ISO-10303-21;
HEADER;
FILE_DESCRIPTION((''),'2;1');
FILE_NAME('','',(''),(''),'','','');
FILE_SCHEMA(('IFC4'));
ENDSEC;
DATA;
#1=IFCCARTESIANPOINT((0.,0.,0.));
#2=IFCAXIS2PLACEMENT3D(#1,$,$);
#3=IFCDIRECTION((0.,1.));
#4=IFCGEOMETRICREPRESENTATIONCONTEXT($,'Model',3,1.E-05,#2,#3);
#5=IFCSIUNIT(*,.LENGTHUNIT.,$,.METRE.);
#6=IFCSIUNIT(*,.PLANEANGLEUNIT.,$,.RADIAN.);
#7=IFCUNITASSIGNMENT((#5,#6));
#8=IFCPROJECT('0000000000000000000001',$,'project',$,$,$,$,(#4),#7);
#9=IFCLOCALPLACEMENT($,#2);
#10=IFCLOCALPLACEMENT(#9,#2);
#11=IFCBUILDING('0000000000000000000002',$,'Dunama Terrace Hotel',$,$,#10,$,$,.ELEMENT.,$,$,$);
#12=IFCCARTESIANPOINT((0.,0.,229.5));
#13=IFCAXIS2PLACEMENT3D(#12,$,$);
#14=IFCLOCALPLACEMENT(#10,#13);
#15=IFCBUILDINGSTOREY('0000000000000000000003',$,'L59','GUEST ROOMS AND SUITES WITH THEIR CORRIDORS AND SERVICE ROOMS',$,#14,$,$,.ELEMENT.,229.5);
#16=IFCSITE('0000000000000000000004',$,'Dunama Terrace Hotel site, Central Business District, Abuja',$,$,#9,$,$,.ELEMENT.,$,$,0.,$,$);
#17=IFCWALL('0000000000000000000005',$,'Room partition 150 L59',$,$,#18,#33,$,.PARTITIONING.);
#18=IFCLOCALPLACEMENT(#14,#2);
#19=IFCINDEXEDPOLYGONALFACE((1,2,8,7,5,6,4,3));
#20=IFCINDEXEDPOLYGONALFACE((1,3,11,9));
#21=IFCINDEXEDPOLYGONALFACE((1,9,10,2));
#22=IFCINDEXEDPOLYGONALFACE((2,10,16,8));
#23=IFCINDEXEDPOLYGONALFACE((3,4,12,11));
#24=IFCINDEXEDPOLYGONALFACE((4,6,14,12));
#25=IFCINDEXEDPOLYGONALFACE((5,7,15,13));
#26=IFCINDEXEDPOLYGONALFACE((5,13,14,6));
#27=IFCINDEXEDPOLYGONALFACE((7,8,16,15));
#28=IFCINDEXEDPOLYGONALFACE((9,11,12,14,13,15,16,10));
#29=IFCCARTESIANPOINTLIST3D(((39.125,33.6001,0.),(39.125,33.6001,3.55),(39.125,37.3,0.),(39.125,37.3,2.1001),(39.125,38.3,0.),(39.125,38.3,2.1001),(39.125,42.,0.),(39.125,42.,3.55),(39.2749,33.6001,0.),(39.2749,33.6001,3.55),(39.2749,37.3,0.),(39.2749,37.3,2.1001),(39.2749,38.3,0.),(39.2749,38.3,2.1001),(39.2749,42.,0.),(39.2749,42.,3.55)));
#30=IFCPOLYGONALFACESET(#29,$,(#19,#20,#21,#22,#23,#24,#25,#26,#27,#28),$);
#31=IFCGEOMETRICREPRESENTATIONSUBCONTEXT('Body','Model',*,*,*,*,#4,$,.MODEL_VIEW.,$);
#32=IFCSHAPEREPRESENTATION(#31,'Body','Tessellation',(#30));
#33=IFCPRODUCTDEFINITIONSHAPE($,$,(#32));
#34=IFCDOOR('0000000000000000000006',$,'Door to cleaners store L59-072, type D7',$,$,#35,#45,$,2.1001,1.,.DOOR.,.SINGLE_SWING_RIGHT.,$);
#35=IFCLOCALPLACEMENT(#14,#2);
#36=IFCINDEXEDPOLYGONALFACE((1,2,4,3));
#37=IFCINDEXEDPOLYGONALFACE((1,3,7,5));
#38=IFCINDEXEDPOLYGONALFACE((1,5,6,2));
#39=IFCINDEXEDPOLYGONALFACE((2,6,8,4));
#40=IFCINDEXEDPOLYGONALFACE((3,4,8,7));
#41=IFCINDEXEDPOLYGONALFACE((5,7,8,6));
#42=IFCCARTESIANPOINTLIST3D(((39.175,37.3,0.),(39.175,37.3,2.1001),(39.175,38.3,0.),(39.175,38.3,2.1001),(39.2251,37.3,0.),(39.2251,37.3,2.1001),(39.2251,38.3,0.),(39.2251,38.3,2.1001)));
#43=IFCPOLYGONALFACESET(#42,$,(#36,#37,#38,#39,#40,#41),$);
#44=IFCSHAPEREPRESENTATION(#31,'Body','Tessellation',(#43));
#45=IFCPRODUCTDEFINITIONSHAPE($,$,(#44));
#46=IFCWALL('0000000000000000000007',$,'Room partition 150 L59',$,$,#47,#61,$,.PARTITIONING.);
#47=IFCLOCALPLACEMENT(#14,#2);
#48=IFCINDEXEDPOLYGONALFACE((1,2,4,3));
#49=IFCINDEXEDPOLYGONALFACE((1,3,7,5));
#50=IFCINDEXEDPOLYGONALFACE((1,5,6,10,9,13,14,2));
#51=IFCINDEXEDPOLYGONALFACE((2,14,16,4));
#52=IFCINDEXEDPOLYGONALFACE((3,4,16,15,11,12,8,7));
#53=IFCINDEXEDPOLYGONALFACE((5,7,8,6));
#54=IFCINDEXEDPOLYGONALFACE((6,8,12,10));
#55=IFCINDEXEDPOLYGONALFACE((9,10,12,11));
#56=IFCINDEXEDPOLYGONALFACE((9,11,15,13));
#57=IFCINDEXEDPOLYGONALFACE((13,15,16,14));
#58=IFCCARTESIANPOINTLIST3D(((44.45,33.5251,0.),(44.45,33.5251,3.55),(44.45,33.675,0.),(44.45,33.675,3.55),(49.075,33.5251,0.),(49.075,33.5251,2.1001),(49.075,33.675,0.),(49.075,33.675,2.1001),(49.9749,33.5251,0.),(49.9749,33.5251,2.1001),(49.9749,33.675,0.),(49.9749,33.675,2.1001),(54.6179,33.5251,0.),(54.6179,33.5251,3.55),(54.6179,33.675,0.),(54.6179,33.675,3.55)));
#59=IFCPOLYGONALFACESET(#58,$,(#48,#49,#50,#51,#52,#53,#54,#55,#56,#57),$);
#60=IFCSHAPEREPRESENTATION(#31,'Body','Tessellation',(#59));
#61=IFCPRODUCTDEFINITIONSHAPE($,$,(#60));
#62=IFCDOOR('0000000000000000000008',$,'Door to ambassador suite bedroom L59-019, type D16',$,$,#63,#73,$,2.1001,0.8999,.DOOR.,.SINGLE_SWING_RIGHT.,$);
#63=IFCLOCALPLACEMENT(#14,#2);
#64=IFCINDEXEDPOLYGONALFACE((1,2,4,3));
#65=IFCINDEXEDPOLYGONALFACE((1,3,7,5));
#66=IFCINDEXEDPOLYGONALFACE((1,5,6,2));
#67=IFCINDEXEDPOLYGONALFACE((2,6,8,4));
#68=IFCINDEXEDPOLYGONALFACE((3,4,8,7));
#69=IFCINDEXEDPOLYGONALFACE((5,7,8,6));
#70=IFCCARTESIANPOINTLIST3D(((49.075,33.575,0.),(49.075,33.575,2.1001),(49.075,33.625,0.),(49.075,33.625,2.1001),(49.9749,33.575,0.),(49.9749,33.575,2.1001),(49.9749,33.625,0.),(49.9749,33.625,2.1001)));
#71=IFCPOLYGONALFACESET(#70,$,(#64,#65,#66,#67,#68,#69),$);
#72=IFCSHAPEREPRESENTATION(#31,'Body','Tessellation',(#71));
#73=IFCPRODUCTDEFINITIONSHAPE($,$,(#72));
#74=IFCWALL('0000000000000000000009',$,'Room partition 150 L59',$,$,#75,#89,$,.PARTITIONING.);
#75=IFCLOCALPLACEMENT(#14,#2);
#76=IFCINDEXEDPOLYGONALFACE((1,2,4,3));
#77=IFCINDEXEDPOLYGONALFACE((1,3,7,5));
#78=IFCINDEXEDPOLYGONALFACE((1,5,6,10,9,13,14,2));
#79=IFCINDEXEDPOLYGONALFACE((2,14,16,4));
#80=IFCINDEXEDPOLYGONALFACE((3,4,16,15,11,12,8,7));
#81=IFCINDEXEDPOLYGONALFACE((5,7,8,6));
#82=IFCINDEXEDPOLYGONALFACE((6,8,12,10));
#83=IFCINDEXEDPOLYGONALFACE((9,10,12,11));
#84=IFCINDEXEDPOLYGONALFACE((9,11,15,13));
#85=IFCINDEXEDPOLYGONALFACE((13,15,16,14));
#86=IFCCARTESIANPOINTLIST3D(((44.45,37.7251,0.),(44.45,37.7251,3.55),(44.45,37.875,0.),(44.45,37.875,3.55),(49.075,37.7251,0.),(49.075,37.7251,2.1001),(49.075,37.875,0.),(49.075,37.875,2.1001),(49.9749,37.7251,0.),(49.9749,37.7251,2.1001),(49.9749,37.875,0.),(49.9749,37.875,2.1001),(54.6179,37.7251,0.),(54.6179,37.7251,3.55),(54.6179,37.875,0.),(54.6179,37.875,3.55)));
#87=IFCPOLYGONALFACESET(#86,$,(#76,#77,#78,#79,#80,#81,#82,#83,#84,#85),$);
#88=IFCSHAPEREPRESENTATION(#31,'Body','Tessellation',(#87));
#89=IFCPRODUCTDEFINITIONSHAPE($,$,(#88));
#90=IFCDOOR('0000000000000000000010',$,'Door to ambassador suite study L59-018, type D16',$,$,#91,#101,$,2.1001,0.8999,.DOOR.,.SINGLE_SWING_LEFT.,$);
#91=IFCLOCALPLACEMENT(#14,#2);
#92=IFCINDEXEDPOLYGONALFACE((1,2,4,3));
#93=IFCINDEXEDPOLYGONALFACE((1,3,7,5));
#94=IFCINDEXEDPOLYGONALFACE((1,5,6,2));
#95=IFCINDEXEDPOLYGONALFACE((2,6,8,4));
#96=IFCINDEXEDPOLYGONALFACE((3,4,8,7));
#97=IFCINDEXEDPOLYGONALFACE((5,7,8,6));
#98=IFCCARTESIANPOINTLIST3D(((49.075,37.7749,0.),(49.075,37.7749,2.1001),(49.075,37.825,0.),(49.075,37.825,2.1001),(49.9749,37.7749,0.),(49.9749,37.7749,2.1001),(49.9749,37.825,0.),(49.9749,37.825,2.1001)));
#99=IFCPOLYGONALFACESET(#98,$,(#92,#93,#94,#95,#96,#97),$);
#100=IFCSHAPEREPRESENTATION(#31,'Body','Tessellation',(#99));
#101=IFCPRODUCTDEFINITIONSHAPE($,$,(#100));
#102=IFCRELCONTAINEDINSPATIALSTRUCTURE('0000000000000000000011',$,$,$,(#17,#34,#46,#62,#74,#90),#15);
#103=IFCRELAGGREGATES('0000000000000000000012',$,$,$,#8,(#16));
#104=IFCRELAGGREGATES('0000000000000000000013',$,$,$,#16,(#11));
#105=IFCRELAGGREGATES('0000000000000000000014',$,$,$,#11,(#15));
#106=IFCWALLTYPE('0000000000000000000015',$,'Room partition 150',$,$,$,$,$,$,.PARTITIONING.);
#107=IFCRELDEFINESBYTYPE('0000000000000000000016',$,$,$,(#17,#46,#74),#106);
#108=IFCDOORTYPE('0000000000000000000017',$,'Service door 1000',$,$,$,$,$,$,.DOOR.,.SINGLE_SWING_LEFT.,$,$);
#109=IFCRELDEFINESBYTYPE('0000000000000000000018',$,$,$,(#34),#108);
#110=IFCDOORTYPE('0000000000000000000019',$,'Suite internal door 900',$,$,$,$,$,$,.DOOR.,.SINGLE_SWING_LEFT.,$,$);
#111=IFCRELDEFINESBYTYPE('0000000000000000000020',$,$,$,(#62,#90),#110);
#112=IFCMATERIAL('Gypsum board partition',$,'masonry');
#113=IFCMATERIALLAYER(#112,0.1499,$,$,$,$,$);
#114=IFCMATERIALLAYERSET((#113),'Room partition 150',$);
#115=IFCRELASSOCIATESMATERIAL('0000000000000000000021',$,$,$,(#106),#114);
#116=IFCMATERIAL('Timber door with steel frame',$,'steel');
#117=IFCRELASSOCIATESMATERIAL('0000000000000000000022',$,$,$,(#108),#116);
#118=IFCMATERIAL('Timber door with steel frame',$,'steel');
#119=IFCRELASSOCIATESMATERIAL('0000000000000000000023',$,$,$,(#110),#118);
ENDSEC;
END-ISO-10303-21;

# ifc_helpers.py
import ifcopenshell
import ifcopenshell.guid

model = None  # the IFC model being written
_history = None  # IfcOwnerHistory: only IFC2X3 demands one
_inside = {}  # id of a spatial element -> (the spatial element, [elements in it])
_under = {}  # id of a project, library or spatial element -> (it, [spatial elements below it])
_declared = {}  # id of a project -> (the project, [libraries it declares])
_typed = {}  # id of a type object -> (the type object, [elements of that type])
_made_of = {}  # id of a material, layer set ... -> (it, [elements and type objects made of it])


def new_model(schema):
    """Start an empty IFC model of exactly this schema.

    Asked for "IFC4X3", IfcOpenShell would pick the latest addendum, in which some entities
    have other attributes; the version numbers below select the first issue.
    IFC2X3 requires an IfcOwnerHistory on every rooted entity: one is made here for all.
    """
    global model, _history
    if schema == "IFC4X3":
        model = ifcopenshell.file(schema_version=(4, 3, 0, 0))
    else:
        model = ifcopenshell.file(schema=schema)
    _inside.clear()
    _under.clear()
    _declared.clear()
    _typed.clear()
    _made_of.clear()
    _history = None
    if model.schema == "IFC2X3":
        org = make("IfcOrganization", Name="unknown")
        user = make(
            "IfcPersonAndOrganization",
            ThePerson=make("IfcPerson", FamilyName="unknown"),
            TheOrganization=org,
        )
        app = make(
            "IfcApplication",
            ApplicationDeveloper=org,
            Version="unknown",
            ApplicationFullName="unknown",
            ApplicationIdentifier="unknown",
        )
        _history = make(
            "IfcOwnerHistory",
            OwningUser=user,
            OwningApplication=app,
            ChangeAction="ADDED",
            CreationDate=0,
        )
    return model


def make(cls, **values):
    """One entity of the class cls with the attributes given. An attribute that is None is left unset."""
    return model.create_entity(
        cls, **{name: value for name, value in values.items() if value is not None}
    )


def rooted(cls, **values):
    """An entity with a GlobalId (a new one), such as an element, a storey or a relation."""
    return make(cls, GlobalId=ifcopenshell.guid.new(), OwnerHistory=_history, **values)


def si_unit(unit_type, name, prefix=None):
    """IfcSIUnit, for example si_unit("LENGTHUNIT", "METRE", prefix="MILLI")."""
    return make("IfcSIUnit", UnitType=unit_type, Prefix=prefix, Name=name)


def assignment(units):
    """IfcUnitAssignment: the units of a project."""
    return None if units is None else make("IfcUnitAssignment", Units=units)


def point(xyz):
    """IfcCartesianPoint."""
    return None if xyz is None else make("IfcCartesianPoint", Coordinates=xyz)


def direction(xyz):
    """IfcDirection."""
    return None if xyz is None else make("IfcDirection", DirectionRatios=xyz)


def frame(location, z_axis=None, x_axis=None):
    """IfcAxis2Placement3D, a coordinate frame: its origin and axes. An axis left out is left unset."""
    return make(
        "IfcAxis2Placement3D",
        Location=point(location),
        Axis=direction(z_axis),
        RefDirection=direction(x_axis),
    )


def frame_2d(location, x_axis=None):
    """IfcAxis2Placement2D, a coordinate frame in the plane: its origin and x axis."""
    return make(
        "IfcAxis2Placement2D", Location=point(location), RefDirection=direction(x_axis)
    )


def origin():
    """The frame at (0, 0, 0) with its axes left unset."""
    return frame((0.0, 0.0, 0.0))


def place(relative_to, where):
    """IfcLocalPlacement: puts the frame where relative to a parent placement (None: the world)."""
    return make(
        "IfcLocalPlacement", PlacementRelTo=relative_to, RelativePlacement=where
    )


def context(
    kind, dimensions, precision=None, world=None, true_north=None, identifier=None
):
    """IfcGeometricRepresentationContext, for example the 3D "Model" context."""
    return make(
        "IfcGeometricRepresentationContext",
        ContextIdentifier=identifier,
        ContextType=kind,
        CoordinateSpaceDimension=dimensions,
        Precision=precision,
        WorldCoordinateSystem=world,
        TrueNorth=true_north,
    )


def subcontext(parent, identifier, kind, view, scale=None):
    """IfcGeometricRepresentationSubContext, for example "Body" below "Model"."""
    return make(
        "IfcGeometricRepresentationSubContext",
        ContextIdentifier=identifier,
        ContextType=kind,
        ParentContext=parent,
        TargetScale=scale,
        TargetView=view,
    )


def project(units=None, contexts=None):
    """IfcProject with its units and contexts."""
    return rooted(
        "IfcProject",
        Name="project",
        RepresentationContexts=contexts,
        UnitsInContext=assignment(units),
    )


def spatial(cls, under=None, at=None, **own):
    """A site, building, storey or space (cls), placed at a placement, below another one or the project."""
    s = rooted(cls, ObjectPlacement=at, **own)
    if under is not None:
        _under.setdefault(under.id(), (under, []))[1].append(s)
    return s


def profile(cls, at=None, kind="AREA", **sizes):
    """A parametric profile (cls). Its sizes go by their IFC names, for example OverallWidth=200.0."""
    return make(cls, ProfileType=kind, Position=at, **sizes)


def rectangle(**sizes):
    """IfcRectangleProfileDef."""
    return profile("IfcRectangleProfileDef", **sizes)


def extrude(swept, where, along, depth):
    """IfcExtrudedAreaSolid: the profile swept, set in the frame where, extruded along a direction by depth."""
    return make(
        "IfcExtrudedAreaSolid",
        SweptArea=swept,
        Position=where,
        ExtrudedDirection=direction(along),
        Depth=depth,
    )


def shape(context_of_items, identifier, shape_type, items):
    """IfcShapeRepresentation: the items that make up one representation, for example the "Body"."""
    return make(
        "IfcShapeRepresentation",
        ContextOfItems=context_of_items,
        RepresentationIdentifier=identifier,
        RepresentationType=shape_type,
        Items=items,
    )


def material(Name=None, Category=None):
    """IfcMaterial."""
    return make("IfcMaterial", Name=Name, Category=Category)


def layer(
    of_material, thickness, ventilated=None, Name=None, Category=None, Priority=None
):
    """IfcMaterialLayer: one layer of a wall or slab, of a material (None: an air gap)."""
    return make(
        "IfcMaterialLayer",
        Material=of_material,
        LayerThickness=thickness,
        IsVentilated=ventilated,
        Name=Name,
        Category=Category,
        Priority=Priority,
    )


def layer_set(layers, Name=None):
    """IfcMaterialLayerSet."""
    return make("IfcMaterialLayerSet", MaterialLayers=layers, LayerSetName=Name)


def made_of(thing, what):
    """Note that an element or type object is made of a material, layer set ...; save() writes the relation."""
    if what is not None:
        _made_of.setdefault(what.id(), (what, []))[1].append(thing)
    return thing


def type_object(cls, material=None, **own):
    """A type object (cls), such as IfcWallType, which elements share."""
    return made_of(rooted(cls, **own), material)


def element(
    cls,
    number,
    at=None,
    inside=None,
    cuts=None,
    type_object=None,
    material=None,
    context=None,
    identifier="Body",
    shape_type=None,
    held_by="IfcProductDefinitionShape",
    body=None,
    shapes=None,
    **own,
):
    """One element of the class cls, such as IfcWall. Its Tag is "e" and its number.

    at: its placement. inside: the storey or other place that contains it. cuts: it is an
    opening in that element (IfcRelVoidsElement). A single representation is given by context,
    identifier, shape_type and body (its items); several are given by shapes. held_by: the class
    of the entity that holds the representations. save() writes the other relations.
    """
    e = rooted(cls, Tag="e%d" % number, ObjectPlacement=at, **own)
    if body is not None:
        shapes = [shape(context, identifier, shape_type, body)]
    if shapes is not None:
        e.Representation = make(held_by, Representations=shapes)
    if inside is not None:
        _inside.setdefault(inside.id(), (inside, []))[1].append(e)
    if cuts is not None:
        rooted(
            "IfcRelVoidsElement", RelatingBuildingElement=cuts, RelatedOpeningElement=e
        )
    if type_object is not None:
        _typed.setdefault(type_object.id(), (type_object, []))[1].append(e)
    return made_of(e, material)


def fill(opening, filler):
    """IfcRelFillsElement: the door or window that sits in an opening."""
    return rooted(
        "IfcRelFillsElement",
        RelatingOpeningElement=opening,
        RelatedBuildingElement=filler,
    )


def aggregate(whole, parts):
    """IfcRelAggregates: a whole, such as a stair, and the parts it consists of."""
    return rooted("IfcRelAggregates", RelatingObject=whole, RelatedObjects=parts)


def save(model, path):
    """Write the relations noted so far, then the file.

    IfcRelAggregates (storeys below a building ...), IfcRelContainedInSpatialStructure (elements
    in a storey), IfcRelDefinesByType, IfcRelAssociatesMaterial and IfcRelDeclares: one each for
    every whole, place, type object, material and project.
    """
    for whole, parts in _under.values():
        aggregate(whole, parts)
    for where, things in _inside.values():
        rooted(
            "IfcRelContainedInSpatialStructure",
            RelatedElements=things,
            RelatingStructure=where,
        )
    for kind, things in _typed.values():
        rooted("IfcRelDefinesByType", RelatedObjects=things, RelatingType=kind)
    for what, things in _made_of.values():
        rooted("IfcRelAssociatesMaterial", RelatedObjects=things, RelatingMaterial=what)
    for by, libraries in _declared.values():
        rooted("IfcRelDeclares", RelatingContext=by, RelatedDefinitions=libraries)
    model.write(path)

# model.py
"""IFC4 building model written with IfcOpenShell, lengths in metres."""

from ifc_helpers import new_model, si_unit, direction, frame, frame_2d, origin, place, context, subcontext, project, spatial, rectangle, extrude, material, layer, layer_set, type_object, element, fill, save


model = new_model("IFC4")

# Units and contexts
model_context = context("Model", 3, precision=1e-05, world=origin(), true_north=direction((0.0, 1.0)))
body_context = subcontext(model_context, "Body", "Model", "MODEL_VIEW")
ifc_project = project(units=[si_unit("LENGTHUNIT", "METRE"), si_unit("PLANEANGLEUNIT", "RADIAN")], contexts=[model_context])

# Site, building, storey
site_placement = place(None, origin())
site = spatial("IfcSite", under=ifc_project, at=site_placement, Name="Dunama Terrace Hotel site, Central Business District, Abuja", CompositionType="ELEMENT", RefElevation=0.0)
building_placement = place(site_placement, origin())
building = spatial("IfcBuilding", under=site, at=building_placement, Name="Dunama Terrace Hotel", CompositionType="ELEMENT")
storey_placement = place(building_placement, frame((0.0, 0.0, 229.5)))
storey = spatial("IfcBuildingStorey", under=building, at=storey_placement, Name="L59", Description="GUEST ROOMS AND SUITES WITH THEIR CORRIDORS AND SERVICE ROOMS", CompositionType="ELEMENT", Elevation=229.5)

# Walls, openings, doors
ifc_material_1 = material(Name="Gypsum board partition", Category="masonry")
ifc_layer_1 = layer(ifc_material_1, 0.1499)
ifc_layer_set_1 = layer_set([ifc_layer_1], Name="Room partition 150")
wall_type_1 = type_object("IfcWallType", Name="Room partition 150", PredefinedType="PARTITIONING", material=ifc_layer_set_1)
wall_1_placement = place(storey_placement, frame((39.2, 33.6001, 0.0), z_axis=(0.0, 0.0, 1.0), x_axis=(0.0, 1.0, 0.0)))
wall_1 = element("IfcWall", 1, at=wall_1_placement, inside=storey, type_object=wall_type_1, Name="Room partition 150 L59", PredefinedType="PARTITIONING", context=body_context, shape_type="SweptSolid", body=[
    extrude(rectangle(XDim=8.3999, YDim=0.1499, at=frame_2d((4.2, 0.0))), origin(), (0.0, 0.0, 1.0), 3.55),
])
opening_1_placement = place(wall_1_placement, frame((3.7, 0.0, 0.0)))
opening_1 = element("IfcOpeningElement", 2, at=opening_1_placement, cuts=wall_1, PredefinedType="OPENING", context=body_context, shape_type="SweptSolid", body=[
    extrude(rectangle(XDim=1.0, YDim=2.1001, at=frame_2d((0.5, 1.05))), frame((0.0, 0.085, 0.0), z_axis=(0.0, -1.0, 0.0), x_axis=(1.0, 0.0, 0.0)), (0.0, 0.0, 1.0), 0.1699),
])
ifc_material_2 = material(Name="Timber door with steel frame", Category="steel")
door_type_1 = type_object("IfcDoorType", Name="Service door 1000", OperationType="SINGLE_SWING_LEFT", PredefinedType="DOOR", material=ifc_material_2)
door_1_placement = place(opening_1_placement, frame((1.0, 0.0, 0.0), z_axis=(0.0, 0.0, 1.0), x_axis=(-1.0, 0.0, 0.0)))
door_1 = element("IfcDoor", 3, at=door_1_placement, inside=storey, type_object=door_type_1, Name="Door to cleaners store L59-072, type D7", OperationType="SINGLE_SWING_RIGHT", OverallHeight=2.1001, OverallWidth=1.0, PredefinedType="DOOR", context=body_context, shape_type="SweptSolid", body=[
    extrude(rectangle(XDim=1.0, YDim=2.1001, at=frame_2d((0.5, 1.05))), frame((0.0, 0.0251, 0.0), z_axis=(0.0, -1.0, 0.0), x_axis=(1.0, 0.0, 0.0)), (0.0, 0.0, 1.0), 0.05),
])
fill(opening_1, door_1)
wall_2_placement = place(storey_placement, frame((44.45, 33.6001, 0.0), z_axis=(0.0, 0.0, 1.0), x_axis=(1.0, 0.0, 0.0)))
wall_2 = element("IfcWall", 4, at=wall_2_placement, inside=storey, type_object=wall_type_1, Name="Room partition 150 L59", PredefinedType="PARTITIONING", context=body_context, shape_type="SweptSolid", body=[
    extrude(rectangle(XDim=10.168, YDim=0.1499, at=frame_2d((5.084, 0.0))), origin(), (0.0, 0.0, 1.0), 3.55),
])
opening_2_placement = place(wall_2_placement, frame((4.625, 0.0, 0.0)))
opening_2 = element("IfcOpeningElement", 5, at=opening_2_placement, cuts=wall_2, PredefinedType="OPENING", context=body_context, shape_type="SweptSolid", body=[
    extrude(rectangle(XDim=0.8999, YDim=2.1001, at=frame_2d((0.45, 1.05))), frame((0.0, 0.085, 0.0), z_axis=(0.0, -1.0, 0.0), x_axis=(1.0, 0.0, 0.0)), (0.0, 0.0, 1.0), 0.1699),
])
ifc_material_3 = material(Name="Timber door with steel frame", Category="steel")
door_type_2 = type_object("IfcDoorType", Name="Suite internal door 900", OperationType="SINGLE_SWING_LEFT", PredefinedType="DOOR", material=ifc_material_3)
door_2_placement = place(opening_2_placement, frame((0.8999, 0.0, 0.0), z_axis=(0.0, 0.0, 1.0), x_axis=(-1.0, 0.0, 0.0)))
door_2 = element("IfcDoor", 6, at=door_2_placement, inside=storey, type_object=door_type_2, Name="Door to ambassador suite bedroom L59-019, type D16", OperationType="SINGLE_SWING_RIGHT", OverallHeight=2.1001, OverallWidth=0.8999, PredefinedType="DOOR", context=body_context, shape_type="SweptSolid", body=[
    extrude(rectangle(XDim=0.8999, YDim=2.1001, at=frame_2d((0.45, 1.05))), frame((0.0, 0.0251, 0.0), z_axis=(0.0, -1.0, 0.0), x_axis=(1.0, 0.0, 0.0)), (0.0, 0.0, 1.0), 0.05),
])
fill(opening_2, door_2)
wall_3_placement = place(storey_placement, frame((44.45, 37.8, 0.0), z_axis=(0.0, 0.0, 1.0), x_axis=(1.0, 0.0, 0.0)))
wall_3 = element("IfcWall", 7, at=wall_3_placement, inside=storey, type_object=wall_type_1, Name="Room partition 150 L59", PredefinedType="PARTITIONING", context=body_context, shape_type="SweptSolid", body=[
    extrude(rectangle(XDim=10.168, YDim=0.1499, at=frame_2d((5.084, 0.0))), origin(), (0.0, 0.0, 1.0), 3.55),
])
opening_3_placement = place(wall_3_placement, frame((4.625, 0.0, 0.0)))
opening_3 = element("IfcOpeningElement", 8, at=opening_3_placement, cuts=wall_3, PredefinedType="OPENING", context=body_context, shape_type="SweptSolid", body=[
    extrude(rectangle(XDim=0.8999, YDim=2.1001, at=frame_2d((0.45, 1.05))), frame((0.0, 0.085, 0.0), z_axis=(0.0, -1.0, 0.0), x_axis=(1.0, 0.0, 0.0)), (0.0, 0.0, 1.0), 0.1699),
])
door_3_placement = place(opening_3_placement, origin())
door_3 = element("IfcDoor", 9, at=door_3_placement, inside=storey, type_object=door_type_2, Name="Door to ambassador suite study L59-018, type D16", OperationType="SINGLE_SWING_LEFT", OverallHeight=2.1001, OverallWidth=0.8999, PredefinedType="DOOR", context=body_context, shape_type="SweptSolid", body=[
    extrude(rectangle(XDim=0.8999, YDim=2.1001, at=frame_2d((0.45, 1.05))), frame((0.0, 0.0249, 0.0), z_axis=(0.0, -1.0, 0.0), x_axis=(1.0, 0.0, 0.0)), (0.0, 0.0, 1.0), 0.05),
])
fill(opening_3, door_3)

save(model, "model.ifc")
